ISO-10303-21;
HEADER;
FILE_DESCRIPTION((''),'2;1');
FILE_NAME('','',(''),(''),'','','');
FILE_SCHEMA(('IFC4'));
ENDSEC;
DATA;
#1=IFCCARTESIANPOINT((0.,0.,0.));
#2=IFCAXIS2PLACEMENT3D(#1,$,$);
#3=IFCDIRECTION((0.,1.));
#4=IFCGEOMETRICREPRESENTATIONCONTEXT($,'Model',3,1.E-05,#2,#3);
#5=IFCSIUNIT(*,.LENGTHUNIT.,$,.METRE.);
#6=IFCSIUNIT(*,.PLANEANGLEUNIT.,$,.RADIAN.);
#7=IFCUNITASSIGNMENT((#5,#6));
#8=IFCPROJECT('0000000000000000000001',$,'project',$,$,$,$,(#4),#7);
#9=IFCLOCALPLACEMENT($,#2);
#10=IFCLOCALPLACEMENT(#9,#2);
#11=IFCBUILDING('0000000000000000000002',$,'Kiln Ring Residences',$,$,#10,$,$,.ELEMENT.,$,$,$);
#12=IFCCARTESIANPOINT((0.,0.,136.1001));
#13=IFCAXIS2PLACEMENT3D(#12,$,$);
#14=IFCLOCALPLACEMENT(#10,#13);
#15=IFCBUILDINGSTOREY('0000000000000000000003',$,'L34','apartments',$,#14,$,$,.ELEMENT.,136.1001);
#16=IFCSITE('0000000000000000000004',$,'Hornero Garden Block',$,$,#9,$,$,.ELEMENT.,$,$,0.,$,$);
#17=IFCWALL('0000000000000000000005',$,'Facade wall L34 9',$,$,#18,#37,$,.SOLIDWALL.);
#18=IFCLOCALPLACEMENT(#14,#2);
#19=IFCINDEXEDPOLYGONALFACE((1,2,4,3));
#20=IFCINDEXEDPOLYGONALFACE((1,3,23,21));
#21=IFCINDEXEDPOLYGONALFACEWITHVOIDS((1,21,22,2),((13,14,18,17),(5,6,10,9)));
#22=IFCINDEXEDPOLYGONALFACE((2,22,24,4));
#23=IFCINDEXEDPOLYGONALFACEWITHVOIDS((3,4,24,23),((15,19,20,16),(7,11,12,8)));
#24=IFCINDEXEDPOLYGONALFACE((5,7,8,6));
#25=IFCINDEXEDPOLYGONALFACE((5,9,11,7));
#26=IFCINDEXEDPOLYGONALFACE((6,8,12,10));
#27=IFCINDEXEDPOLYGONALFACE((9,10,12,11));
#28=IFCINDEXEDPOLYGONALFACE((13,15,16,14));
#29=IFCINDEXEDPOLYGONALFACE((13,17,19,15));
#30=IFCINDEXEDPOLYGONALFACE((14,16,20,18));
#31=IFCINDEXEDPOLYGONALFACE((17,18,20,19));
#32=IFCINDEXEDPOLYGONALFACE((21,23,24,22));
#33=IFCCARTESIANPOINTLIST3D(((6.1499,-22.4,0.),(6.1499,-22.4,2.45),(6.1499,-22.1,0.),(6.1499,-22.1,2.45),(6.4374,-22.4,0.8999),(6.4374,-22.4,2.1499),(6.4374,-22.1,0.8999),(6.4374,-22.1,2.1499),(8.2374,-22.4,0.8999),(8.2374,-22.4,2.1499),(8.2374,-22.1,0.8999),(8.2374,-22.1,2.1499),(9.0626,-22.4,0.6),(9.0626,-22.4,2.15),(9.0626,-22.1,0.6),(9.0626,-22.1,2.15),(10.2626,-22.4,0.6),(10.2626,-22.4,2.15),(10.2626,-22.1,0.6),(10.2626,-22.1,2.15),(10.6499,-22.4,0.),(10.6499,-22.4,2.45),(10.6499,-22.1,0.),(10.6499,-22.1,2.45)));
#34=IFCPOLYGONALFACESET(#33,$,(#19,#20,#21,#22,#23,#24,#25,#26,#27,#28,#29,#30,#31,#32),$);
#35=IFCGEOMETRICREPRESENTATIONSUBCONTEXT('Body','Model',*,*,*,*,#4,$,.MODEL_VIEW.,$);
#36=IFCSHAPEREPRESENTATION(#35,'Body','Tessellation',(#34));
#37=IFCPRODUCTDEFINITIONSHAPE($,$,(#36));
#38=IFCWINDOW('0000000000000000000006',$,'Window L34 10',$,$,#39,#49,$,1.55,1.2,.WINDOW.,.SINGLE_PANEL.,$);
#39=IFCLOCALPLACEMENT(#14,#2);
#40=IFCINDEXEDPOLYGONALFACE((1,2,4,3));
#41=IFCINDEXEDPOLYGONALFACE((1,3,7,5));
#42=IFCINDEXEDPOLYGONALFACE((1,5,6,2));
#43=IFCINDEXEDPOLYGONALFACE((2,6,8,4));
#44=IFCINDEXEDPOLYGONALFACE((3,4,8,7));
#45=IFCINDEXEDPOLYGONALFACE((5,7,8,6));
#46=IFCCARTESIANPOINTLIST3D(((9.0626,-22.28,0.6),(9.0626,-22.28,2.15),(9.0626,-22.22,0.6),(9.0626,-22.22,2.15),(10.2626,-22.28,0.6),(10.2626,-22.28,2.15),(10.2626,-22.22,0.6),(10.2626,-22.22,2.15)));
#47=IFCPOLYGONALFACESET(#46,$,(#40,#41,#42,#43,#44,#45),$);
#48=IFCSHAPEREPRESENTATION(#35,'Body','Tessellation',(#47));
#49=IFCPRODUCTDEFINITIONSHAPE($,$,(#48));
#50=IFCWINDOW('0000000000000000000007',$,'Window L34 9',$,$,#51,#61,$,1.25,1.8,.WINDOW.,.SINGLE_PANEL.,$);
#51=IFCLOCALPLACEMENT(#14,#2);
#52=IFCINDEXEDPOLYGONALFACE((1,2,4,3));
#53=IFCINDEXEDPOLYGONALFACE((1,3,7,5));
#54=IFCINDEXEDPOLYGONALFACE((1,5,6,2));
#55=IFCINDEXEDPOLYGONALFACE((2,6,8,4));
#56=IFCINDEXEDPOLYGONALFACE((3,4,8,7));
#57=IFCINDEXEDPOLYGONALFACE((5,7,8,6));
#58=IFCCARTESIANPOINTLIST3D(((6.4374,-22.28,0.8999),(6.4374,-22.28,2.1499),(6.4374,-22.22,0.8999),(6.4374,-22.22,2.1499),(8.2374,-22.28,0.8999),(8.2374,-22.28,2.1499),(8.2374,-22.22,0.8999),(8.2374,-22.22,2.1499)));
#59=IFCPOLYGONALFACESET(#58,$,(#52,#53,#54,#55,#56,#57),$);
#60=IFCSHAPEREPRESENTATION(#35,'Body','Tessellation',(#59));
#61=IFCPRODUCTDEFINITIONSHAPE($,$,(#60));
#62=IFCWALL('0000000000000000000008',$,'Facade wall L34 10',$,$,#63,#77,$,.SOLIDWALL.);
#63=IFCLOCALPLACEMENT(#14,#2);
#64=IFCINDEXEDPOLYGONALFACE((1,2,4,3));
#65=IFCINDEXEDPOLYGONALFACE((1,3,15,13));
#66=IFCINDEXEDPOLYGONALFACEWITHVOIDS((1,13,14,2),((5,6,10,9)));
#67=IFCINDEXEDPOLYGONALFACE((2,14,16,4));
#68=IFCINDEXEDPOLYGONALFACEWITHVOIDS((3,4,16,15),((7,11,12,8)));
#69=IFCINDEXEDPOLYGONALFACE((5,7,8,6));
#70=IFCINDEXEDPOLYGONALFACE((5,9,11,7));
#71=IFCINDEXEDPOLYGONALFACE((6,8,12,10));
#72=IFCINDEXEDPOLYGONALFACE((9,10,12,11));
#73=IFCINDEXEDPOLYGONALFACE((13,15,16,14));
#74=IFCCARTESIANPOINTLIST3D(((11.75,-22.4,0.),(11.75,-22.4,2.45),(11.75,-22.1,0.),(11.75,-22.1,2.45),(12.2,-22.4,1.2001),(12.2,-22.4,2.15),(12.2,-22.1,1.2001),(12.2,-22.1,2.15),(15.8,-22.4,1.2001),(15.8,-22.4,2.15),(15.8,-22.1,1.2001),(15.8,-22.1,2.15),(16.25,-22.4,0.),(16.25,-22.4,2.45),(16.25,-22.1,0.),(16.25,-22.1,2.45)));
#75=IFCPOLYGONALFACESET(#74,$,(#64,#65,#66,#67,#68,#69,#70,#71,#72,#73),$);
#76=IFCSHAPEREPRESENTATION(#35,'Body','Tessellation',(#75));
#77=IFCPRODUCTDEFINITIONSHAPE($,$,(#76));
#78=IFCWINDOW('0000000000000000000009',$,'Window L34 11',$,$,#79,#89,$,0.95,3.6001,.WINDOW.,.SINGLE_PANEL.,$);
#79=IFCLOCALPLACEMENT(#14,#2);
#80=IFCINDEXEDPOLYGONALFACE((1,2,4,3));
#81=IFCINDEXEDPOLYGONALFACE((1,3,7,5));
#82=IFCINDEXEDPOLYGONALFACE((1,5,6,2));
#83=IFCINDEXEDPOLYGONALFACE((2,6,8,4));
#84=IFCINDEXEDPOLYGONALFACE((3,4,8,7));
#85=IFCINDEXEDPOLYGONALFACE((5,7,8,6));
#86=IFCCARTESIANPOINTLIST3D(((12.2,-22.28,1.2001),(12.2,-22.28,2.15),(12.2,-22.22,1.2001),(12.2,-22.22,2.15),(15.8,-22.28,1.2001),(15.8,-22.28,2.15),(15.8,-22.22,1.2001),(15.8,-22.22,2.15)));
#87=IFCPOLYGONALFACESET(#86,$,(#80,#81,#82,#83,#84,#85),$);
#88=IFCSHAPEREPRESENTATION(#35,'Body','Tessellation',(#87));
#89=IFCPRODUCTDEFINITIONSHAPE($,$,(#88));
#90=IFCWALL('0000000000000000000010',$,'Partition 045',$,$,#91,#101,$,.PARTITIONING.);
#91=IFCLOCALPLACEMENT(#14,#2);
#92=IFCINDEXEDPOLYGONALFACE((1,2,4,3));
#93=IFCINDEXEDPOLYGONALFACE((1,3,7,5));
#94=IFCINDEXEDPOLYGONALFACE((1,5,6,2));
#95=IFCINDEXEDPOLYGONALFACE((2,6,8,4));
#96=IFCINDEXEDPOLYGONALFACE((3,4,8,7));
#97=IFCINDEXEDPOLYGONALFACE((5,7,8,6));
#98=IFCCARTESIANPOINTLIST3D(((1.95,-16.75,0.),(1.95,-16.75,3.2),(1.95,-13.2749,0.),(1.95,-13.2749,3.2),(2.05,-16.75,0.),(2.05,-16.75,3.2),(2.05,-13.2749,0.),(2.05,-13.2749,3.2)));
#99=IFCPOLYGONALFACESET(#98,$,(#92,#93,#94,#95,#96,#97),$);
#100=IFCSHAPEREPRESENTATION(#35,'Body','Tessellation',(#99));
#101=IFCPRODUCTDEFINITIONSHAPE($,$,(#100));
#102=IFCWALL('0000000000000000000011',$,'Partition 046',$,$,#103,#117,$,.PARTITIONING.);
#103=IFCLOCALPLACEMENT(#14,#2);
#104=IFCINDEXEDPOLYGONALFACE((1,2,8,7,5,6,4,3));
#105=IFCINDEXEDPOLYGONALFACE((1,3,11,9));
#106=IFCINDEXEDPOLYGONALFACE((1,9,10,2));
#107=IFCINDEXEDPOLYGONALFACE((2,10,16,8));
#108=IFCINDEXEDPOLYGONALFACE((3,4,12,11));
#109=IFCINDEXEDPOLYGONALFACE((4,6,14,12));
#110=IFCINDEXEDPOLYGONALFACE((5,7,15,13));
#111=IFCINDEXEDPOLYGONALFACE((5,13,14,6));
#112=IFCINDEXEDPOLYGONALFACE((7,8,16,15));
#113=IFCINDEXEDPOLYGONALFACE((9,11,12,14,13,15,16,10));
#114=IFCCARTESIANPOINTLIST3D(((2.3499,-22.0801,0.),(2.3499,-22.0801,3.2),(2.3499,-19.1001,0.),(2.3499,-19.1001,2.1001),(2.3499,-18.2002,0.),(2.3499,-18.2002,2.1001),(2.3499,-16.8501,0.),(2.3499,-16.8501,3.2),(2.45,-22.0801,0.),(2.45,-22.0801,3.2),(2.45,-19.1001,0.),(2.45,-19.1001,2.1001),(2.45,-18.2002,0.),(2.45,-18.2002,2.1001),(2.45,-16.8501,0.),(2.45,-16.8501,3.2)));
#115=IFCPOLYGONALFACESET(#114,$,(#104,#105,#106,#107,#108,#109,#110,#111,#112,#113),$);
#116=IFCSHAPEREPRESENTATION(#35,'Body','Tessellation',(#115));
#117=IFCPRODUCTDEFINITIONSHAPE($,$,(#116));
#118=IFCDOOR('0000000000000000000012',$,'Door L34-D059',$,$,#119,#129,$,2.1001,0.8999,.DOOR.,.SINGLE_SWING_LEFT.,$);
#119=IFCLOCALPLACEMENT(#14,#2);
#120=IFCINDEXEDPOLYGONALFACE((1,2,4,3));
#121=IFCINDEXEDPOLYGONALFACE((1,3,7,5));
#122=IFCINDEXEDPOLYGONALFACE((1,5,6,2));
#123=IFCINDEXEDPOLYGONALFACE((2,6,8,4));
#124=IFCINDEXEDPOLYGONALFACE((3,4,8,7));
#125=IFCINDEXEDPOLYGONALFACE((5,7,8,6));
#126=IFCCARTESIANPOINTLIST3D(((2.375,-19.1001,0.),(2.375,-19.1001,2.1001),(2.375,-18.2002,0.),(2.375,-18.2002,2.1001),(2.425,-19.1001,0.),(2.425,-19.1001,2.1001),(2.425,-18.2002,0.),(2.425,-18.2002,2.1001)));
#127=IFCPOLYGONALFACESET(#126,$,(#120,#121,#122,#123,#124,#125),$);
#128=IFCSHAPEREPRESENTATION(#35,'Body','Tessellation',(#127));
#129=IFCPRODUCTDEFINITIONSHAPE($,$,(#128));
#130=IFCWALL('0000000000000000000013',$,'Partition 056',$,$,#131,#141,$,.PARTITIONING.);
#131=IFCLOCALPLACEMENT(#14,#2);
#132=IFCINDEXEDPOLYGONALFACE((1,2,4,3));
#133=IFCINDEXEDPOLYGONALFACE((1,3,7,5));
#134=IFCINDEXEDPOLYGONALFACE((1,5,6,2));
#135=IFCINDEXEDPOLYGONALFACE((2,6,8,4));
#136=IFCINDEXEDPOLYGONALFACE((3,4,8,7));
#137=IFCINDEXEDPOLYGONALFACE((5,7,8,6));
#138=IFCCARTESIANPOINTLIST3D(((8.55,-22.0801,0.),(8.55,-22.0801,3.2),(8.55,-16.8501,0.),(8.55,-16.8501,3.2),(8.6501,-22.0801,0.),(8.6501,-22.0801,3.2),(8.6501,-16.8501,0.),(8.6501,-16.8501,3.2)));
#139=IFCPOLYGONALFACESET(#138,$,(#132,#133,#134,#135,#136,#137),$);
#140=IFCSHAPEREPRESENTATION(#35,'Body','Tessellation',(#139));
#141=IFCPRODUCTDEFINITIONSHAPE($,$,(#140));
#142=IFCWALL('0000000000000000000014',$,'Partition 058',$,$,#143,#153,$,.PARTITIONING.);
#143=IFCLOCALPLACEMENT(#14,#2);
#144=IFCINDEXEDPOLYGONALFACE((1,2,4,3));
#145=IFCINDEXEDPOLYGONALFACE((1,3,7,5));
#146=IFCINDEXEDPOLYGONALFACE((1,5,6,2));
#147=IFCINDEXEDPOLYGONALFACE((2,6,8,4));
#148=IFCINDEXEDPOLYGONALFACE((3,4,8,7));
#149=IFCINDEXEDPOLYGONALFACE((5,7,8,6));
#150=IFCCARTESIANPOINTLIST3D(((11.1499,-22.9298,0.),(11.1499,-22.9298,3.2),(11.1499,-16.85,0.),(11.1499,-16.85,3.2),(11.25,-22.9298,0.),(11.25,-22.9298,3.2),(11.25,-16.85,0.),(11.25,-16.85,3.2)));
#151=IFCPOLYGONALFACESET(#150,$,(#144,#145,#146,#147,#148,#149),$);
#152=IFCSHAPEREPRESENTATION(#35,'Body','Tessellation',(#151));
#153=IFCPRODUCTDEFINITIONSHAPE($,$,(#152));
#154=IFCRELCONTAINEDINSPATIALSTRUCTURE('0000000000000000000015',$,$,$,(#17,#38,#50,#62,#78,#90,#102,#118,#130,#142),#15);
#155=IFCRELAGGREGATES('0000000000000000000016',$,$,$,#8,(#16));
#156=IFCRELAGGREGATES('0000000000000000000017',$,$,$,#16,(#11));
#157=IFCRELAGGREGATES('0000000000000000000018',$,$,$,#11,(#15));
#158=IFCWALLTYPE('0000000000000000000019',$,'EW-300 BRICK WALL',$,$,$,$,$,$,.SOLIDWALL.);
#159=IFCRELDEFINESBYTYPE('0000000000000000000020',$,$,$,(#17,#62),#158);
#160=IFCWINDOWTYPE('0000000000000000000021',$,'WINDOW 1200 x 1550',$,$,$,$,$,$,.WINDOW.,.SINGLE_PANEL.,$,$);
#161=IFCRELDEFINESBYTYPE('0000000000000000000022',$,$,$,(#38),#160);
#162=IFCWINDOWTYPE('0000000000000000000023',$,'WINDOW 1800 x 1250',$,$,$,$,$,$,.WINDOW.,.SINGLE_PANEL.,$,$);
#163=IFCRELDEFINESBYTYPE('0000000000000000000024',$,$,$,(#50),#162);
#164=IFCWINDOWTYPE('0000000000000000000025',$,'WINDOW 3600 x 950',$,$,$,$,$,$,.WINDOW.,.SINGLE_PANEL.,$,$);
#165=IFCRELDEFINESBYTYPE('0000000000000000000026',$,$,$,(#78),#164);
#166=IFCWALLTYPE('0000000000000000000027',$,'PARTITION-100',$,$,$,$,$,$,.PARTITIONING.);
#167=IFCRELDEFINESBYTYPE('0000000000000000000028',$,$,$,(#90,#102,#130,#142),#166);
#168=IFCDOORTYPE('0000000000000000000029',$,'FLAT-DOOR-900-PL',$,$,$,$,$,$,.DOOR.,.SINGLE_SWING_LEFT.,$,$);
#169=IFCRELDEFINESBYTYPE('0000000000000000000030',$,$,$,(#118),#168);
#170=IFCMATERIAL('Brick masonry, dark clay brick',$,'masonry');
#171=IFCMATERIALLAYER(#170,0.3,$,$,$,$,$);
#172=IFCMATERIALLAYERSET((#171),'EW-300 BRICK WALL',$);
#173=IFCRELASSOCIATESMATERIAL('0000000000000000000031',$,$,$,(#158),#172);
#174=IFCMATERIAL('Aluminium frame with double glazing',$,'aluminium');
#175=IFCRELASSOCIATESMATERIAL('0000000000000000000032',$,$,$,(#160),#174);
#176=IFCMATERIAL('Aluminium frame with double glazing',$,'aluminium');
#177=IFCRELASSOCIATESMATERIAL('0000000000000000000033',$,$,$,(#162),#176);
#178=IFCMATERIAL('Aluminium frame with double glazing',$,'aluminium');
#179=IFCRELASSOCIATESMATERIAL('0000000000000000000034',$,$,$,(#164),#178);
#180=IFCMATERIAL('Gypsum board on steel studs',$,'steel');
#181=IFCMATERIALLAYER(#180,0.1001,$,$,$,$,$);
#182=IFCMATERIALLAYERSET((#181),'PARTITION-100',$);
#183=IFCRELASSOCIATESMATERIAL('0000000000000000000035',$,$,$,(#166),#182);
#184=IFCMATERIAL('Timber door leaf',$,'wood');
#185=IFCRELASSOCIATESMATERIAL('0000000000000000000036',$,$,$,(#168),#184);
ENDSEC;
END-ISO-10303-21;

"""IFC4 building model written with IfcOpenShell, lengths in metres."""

from ifc_helpers import new_model, si_unit, direction, frame, frame_2d, origin, place, context, subcontext, project, spatial, rectangle, extrude, material, layer, layer_set, type_object, element, fill, save


model = new_model("IFC4")

# Units and contexts
model_context = context("Model", 3, precision=1e-05, world=origin(), true_north=direction((0.0, 1.0)))
body_context = subcontext(model_context, "Body", "Model", "MODEL_VIEW")
ifc_project = project(units=[si_unit("LENGTHUNIT", "METRE"), si_unit("PLANEANGLEUNIT", "RADIAN")], contexts=[model_context])

# Site, building, storey
site_placement = place(None, origin())
site = spatial("IfcSite", under=ifc_project, at=site_placement, Name="Hornero Garden Block", CompositionType="ELEMENT", RefElevation=0.0)
building_placement = place(site_placement, origin())
building = spatial("IfcBuilding", under=site, at=building_placement, Name="Kiln Ring Residences", CompositionType="ELEMENT")
storey_placement = place(building_placement, frame((0.0, 0.0, 136.1001)))
storey = spatial("IfcBuildingStorey", under=building, at=storey_placement, Name="L34", Description="apartments", CompositionType="ELEMENT", Elevation=136.1001)

# Wall, openings, windows
ifc_material_1 = material(Name="Brick masonry, dark clay brick", Category="masonry")
ifc_layer_1 = layer(ifc_material_1, 0.3)
ifc_layer_set_1 = layer_set([ifc_layer_1], Name="EW-300 BRICK WALL")
wall_type_1 = type_object("IfcWallType", Name="EW-300 BRICK WALL", PredefinedType="SOLIDWALL", material=ifc_layer_set_1)
ifc_material_2 = material(Name="Aluminium frame with double glazing", Category="aluminium")
window_type_1 = type_object("IfcWindowType", Name="WINDOW 1200 x 1550", PartitioningType="SINGLE_PANEL", PredefinedType="WINDOW", material=ifc_material_2)
ifc_material_3 = material(Name="Aluminium frame with double glazing", Category="aluminium")
window_type_2 = type_object("IfcWindowType", Name="WINDOW 1800 x 1250", PartitioningType="SINGLE_PANEL", PredefinedType="WINDOW", material=ifc_material_3)
wall_1_placement = place(storey_placement, frame((6.1499, -22.25, 0.0), z_axis=(0.0, 0.0, 1.0), x_axis=(1.0, 0.0, 0.0)))
wall_1 = element("IfcWall", 1, at=wall_1_placement, inside=storey, type_object=wall_type_1, Name="Facade wall L34 9", PredefinedType="SOLIDWALL", context=body_context, shape_type="SweptSolid", body=[
    extrude(rectangle(XDim=4.5, YDim=0.3, at=frame_2d((2.25, 0.0))), origin(), (0.0, 0.0, 1.0), 2.45),
])
opening_1_placement = place(wall_1_placement, frame((0.2876, 0.0, 0.8999)))
opening_1 = element("IfcOpeningElement", 2, at=opening_1_placement, cuts=wall_1, PredefinedType="OPENING", context=body_context, shape_type="SweptSolid", body=[
    extrude(rectangle(XDim=1.8, YDim=1.25, at=frame_2d((0.8999, 0.625))), frame((0.0, 0.1599, 0.0), z_axis=(0.0, -1.0, 0.0), x_axis=(1.0, 0.0, 0.0)), (0.0, 0.0, 1.0), 0.3201),
])
opening_2_placement = place(wall_1_placement, frame((2.9126, 0.0, 0.6001)))
opening_2 = element("IfcOpeningElement", 3, at=opening_2_placement, cuts=wall_1, PredefinedType="OPENING", context=body_context, shape_type="SweptSolid", body=[
    extrude(rectangle(XDim=1.2, YDim=1.55, at=frame_2d((0.6001, 0.7749))), frame((0.0, 0.1599, 0.0), z_axis=(0.0, -1.0, 0.0), x_axis=(1.0, 0.0, 0.0)), (0.0, 0.0, 1.0), 0.3201),
])
window_1_placement = place(opening_2_placement, origin())
window_1 = element("IfcWindow", 4, at=window_1_placement, inside=storey, type_object=window_type_1, Name="Window L34 10", OverallHeight=1.55, OverallWidth=1.2, PartitioningType="SINGLE_PANEL", PredefinedType="WINDOW", context=body_context, shape_type="SweptSolid", body=[
    extrude(rectangle(XDim=1.2, YDim=1.55, at=frame_2d((0.6001, 0.7749))), frame((0.0, 0.03, 0.0), z_axis=(0.0, -1.0, 0.0), x_axis=(1.0, 0.0, 0.0)), (0.0, 0.0, 1.0), 0.0601),
])
fill(opening_2, window_1)
window_2_placement = place(opening_1_placement, origin())
window_2 = element("IfcWindow", 5, at=window_2_placement, inside=storey, type_object=window_type_2, Name="Window L34 9", OverallHeight=1.25, OverallWidth=1.8, PartitioningType="SINGLE_PANEL", PredefinedType="WINDOW", context=body_context, shape_type="SweptSolid", body=[
    extrude(rectangle(XDim=1.8, YDim=1.25, at=frame_2d((0.8999, 0.625))), frame((0.0, 0.03, 0.0), z_axis=(0.0, -1.0, 0.0), x_axis=(1.0, 0.0, 0.0)), (0.0, 0.0, 1.0), 0.0601),
])
fill(opening_1, window_2)

# Wall, opening, window
wall_2_placement = place(storey_placement, frame((11.75, -22.25, 0.0), z_axis=(0.0, 0.0, 1.0), x_axis=(1.0, 0.0, 0.0)))
wall_2 = element("IfcWall", 6, at=wall_2_placement, inside=storey, type_object=wall_type_1, Name="Facade wall L34 10", PredefinedType="SOLIDWALL", context=body_context, shape_type="SweptSolid", body=[
    extrude(rectangle(XDim=4.5, YDim=0.3, at=frame_2d((2.25, 0.0))), origin(), (0.0, 0.0, 1.0), 2.45),
])
opening_3_placement = place(wall_2_placement, frame((0.45, 0.0, 1.2)))
opening_3 = element("IfcOpeningElement", 7, at=opening_3_placement, cuts=wall_2, PredefinedType="OPENING", context=body_context, shape_type="SweptSolid", body=[
    extrude(rectangle(XDim=3.6001, YDim=0.95, at=frame_2d((1.8, 0.4751))), frame((0.0, 0.1599, 0.0), z_axis=(0.0, -1.0, 0.0), x_axis=(1.0, 0.0, 0.0)), (0.0, 0.0, 1.0), 0.3201),
])
ifc_material_4 = material(Name="Aluminium frame with double glazing", Category="aluminium")
window_type_3 = type_object("IfcWindowType", Name="WINDOW 3600 x 950", PartitioningType="SINGLE_PANEL", PredefinedType="WINDOW", material=ifc_material_4)
window_3_placement = place(opening_3_placement, origin())
window_3 = element("IfcWindow", 8, at=window_3_placement, inside=storey, type_object=window_type_3, Name="Window L34 11", OverallHeight=0.95, OverallWidth=3.6001, PartitioningType="SINGLE_PANEL", PredefinedType="WINDOW", context=body_context, shape_type="SweptSolid", body=[
    extrude(rectangle(XDim=3.6001, YDim=0.95, at=frame_2d((1.8, 0.4751))), frame((0.0, 0.03, 0.0), z_axis=(0.0, -1.0, 0.0), x_axis=(1.0, 0.0, 0.0)), (0.0, 0.0, 1.0), 0.0601),
])
fill(opening_3, window_3)

# Wall
ifc_material_5 = material(Name="Gypsum board on steel studs", Category="steel")
ifc_layer_2 = layer(ifc_material_5, 0.1001)
ifc_layer_set_2 = layer_set([ifc_layer_2], Name="PARTITION-100")
wall_type_2 = type_object("IfcWallType", Name="PARTITION-100", PredefinedType="PARTITIONING", material=ifc_layer_set_2)
wall_3_placement = place(storey_placement, frame((2.0, -16.75, 0.0), z_axis=(0.0, 0.0, 1.0), x_axis=(0.0, 1.0, 0.0)))
element("IfcWall", 9, at=wall_3_placement, inside=storey, type_object=wall_type_2, Name="Partition 045", PredefinedType="PARTITIONING", context=body_context, shape_type="SweptSolid", body=[
    extrude(rectangle(XDim=3.4751, YDim=0.1001, at=frame_2d((1.7375, 0.0))), origin(), (0.0, 0.0, 1.0), 3.2),
])

# Wall, opening, door
wall_4_placement = place(storey_placement, frame((2.3999, -22.0801, 0.0), z_axis=(0.0, 0.0, 1.0), x_axis=(0.0, 1.0, 0.0)))
wall_4 = element("IfcWall", 10, at=wall_4_placement, inside=storey, type_object=wall_type_2, Name="Partition 046", PredefinedType="PARTITIONING", context=body_context, shape_type="SweptSolid", body=[
    extrude(rectangle(XDim=5.23, YDim=0.1001, at=frame_2d((2.615, 0.0))), origin(), (0.0, 0.0, 1.0), 3.2),
])
opening_4_placement = place(wall_4_placement, frame((2.98, 0.0, 0.0)))
opening_4 = element("IfcOpeningElement", 11, at=opening_4_placement, cuts=wall_4, PredefinedType="OPENING", context=body_context, shape_type="SweptSolid", body=[
    extrude(rectangle(XDim=0.8999, YDim=2.1001, at=frame_2d((0.45, 1.05))), frame((0.0, 0.0601, 0.0), z_axis=(0.0, -1.0, 0.0), x_axis=(1.0, 0.0, 0.0)), (0.0, 0.0, 1.0), 0.1201),
])
ifc_material_6 = material(Name="Timber door leaf", Category="wood")
door_type = type_object("IfcDoorType", Name="FLAT-DOOR-900-PL", OperationType="SINGLE_SWING_LEFT", PredefinedType="DOOR", material=ifc_material_6)
door_1_placement = place(opening_4_placement, origin())
door_1 = element("IfcDoor", 12, at=door_1_placement, inside=storey, type_object=door_type, Name="Door L34-D059", OperationType="SINGLE_SWING_LEFT", OverallHeight=2.1001, OverallWidth=0.8999, PredefinedType="DOOR", context=body_context, shape_type="SweptSolid", body=[
    extrude(rectangle(XDim=0.8999, YDim=2.1001, at=frame_2d((0.45, 1.05))), frame((0.0, 0.0249, 0.0), z_axis=(0.0, -1.0, 0.0), x_axis=(1.0, 0.0, 0.0)), (0.0, 0.0, 1.0), 0.05),
])
fill(opening_4, door_1)

# Walls
wall_5_placement = place(storey_placement, frame((8.6001, -22.0801, 0.0), z_axis=(0.0, 0.0, 1.0), x_axis=(0.0, 1.0, 0.0)))
element("IfcWall", 13, at=wall_5_placement, inside=storey, type_object=wall_type_2, Name="Partition 056", PredefinedType="PARTITIONING", context=body_context, shape_type="SweptSolid", body=[
    extrude(rectangle(XDim=5.23, YDim=0.1001, at=frame_2d((2.615, 0.0))), origin(), (0.0, 0.0, 1.0), 3.2),
])
wall_6_placement = place(storey_placement, frame((11.2, -22.9299, 0.0), z_axis=(0.0, 0.0, 1.0), x_axis=(0.0, 1.0, 0.0)))
element("IfcWall", 14, at=wall_6_placement, inside=storey, type_object=wall_type_2, Name="Partition 058", PredefinedType="PARTITIONING", context=body_context, shape_type="SweptSolid", body=[
    extrude(rectangle(XDim=6.0798, YDim=0.1001, at=frame_2d((3.04, 0.0))), origin(), (0.0, 0.0, 1.0), 3.2),
])

save(model, "model.ifc")
